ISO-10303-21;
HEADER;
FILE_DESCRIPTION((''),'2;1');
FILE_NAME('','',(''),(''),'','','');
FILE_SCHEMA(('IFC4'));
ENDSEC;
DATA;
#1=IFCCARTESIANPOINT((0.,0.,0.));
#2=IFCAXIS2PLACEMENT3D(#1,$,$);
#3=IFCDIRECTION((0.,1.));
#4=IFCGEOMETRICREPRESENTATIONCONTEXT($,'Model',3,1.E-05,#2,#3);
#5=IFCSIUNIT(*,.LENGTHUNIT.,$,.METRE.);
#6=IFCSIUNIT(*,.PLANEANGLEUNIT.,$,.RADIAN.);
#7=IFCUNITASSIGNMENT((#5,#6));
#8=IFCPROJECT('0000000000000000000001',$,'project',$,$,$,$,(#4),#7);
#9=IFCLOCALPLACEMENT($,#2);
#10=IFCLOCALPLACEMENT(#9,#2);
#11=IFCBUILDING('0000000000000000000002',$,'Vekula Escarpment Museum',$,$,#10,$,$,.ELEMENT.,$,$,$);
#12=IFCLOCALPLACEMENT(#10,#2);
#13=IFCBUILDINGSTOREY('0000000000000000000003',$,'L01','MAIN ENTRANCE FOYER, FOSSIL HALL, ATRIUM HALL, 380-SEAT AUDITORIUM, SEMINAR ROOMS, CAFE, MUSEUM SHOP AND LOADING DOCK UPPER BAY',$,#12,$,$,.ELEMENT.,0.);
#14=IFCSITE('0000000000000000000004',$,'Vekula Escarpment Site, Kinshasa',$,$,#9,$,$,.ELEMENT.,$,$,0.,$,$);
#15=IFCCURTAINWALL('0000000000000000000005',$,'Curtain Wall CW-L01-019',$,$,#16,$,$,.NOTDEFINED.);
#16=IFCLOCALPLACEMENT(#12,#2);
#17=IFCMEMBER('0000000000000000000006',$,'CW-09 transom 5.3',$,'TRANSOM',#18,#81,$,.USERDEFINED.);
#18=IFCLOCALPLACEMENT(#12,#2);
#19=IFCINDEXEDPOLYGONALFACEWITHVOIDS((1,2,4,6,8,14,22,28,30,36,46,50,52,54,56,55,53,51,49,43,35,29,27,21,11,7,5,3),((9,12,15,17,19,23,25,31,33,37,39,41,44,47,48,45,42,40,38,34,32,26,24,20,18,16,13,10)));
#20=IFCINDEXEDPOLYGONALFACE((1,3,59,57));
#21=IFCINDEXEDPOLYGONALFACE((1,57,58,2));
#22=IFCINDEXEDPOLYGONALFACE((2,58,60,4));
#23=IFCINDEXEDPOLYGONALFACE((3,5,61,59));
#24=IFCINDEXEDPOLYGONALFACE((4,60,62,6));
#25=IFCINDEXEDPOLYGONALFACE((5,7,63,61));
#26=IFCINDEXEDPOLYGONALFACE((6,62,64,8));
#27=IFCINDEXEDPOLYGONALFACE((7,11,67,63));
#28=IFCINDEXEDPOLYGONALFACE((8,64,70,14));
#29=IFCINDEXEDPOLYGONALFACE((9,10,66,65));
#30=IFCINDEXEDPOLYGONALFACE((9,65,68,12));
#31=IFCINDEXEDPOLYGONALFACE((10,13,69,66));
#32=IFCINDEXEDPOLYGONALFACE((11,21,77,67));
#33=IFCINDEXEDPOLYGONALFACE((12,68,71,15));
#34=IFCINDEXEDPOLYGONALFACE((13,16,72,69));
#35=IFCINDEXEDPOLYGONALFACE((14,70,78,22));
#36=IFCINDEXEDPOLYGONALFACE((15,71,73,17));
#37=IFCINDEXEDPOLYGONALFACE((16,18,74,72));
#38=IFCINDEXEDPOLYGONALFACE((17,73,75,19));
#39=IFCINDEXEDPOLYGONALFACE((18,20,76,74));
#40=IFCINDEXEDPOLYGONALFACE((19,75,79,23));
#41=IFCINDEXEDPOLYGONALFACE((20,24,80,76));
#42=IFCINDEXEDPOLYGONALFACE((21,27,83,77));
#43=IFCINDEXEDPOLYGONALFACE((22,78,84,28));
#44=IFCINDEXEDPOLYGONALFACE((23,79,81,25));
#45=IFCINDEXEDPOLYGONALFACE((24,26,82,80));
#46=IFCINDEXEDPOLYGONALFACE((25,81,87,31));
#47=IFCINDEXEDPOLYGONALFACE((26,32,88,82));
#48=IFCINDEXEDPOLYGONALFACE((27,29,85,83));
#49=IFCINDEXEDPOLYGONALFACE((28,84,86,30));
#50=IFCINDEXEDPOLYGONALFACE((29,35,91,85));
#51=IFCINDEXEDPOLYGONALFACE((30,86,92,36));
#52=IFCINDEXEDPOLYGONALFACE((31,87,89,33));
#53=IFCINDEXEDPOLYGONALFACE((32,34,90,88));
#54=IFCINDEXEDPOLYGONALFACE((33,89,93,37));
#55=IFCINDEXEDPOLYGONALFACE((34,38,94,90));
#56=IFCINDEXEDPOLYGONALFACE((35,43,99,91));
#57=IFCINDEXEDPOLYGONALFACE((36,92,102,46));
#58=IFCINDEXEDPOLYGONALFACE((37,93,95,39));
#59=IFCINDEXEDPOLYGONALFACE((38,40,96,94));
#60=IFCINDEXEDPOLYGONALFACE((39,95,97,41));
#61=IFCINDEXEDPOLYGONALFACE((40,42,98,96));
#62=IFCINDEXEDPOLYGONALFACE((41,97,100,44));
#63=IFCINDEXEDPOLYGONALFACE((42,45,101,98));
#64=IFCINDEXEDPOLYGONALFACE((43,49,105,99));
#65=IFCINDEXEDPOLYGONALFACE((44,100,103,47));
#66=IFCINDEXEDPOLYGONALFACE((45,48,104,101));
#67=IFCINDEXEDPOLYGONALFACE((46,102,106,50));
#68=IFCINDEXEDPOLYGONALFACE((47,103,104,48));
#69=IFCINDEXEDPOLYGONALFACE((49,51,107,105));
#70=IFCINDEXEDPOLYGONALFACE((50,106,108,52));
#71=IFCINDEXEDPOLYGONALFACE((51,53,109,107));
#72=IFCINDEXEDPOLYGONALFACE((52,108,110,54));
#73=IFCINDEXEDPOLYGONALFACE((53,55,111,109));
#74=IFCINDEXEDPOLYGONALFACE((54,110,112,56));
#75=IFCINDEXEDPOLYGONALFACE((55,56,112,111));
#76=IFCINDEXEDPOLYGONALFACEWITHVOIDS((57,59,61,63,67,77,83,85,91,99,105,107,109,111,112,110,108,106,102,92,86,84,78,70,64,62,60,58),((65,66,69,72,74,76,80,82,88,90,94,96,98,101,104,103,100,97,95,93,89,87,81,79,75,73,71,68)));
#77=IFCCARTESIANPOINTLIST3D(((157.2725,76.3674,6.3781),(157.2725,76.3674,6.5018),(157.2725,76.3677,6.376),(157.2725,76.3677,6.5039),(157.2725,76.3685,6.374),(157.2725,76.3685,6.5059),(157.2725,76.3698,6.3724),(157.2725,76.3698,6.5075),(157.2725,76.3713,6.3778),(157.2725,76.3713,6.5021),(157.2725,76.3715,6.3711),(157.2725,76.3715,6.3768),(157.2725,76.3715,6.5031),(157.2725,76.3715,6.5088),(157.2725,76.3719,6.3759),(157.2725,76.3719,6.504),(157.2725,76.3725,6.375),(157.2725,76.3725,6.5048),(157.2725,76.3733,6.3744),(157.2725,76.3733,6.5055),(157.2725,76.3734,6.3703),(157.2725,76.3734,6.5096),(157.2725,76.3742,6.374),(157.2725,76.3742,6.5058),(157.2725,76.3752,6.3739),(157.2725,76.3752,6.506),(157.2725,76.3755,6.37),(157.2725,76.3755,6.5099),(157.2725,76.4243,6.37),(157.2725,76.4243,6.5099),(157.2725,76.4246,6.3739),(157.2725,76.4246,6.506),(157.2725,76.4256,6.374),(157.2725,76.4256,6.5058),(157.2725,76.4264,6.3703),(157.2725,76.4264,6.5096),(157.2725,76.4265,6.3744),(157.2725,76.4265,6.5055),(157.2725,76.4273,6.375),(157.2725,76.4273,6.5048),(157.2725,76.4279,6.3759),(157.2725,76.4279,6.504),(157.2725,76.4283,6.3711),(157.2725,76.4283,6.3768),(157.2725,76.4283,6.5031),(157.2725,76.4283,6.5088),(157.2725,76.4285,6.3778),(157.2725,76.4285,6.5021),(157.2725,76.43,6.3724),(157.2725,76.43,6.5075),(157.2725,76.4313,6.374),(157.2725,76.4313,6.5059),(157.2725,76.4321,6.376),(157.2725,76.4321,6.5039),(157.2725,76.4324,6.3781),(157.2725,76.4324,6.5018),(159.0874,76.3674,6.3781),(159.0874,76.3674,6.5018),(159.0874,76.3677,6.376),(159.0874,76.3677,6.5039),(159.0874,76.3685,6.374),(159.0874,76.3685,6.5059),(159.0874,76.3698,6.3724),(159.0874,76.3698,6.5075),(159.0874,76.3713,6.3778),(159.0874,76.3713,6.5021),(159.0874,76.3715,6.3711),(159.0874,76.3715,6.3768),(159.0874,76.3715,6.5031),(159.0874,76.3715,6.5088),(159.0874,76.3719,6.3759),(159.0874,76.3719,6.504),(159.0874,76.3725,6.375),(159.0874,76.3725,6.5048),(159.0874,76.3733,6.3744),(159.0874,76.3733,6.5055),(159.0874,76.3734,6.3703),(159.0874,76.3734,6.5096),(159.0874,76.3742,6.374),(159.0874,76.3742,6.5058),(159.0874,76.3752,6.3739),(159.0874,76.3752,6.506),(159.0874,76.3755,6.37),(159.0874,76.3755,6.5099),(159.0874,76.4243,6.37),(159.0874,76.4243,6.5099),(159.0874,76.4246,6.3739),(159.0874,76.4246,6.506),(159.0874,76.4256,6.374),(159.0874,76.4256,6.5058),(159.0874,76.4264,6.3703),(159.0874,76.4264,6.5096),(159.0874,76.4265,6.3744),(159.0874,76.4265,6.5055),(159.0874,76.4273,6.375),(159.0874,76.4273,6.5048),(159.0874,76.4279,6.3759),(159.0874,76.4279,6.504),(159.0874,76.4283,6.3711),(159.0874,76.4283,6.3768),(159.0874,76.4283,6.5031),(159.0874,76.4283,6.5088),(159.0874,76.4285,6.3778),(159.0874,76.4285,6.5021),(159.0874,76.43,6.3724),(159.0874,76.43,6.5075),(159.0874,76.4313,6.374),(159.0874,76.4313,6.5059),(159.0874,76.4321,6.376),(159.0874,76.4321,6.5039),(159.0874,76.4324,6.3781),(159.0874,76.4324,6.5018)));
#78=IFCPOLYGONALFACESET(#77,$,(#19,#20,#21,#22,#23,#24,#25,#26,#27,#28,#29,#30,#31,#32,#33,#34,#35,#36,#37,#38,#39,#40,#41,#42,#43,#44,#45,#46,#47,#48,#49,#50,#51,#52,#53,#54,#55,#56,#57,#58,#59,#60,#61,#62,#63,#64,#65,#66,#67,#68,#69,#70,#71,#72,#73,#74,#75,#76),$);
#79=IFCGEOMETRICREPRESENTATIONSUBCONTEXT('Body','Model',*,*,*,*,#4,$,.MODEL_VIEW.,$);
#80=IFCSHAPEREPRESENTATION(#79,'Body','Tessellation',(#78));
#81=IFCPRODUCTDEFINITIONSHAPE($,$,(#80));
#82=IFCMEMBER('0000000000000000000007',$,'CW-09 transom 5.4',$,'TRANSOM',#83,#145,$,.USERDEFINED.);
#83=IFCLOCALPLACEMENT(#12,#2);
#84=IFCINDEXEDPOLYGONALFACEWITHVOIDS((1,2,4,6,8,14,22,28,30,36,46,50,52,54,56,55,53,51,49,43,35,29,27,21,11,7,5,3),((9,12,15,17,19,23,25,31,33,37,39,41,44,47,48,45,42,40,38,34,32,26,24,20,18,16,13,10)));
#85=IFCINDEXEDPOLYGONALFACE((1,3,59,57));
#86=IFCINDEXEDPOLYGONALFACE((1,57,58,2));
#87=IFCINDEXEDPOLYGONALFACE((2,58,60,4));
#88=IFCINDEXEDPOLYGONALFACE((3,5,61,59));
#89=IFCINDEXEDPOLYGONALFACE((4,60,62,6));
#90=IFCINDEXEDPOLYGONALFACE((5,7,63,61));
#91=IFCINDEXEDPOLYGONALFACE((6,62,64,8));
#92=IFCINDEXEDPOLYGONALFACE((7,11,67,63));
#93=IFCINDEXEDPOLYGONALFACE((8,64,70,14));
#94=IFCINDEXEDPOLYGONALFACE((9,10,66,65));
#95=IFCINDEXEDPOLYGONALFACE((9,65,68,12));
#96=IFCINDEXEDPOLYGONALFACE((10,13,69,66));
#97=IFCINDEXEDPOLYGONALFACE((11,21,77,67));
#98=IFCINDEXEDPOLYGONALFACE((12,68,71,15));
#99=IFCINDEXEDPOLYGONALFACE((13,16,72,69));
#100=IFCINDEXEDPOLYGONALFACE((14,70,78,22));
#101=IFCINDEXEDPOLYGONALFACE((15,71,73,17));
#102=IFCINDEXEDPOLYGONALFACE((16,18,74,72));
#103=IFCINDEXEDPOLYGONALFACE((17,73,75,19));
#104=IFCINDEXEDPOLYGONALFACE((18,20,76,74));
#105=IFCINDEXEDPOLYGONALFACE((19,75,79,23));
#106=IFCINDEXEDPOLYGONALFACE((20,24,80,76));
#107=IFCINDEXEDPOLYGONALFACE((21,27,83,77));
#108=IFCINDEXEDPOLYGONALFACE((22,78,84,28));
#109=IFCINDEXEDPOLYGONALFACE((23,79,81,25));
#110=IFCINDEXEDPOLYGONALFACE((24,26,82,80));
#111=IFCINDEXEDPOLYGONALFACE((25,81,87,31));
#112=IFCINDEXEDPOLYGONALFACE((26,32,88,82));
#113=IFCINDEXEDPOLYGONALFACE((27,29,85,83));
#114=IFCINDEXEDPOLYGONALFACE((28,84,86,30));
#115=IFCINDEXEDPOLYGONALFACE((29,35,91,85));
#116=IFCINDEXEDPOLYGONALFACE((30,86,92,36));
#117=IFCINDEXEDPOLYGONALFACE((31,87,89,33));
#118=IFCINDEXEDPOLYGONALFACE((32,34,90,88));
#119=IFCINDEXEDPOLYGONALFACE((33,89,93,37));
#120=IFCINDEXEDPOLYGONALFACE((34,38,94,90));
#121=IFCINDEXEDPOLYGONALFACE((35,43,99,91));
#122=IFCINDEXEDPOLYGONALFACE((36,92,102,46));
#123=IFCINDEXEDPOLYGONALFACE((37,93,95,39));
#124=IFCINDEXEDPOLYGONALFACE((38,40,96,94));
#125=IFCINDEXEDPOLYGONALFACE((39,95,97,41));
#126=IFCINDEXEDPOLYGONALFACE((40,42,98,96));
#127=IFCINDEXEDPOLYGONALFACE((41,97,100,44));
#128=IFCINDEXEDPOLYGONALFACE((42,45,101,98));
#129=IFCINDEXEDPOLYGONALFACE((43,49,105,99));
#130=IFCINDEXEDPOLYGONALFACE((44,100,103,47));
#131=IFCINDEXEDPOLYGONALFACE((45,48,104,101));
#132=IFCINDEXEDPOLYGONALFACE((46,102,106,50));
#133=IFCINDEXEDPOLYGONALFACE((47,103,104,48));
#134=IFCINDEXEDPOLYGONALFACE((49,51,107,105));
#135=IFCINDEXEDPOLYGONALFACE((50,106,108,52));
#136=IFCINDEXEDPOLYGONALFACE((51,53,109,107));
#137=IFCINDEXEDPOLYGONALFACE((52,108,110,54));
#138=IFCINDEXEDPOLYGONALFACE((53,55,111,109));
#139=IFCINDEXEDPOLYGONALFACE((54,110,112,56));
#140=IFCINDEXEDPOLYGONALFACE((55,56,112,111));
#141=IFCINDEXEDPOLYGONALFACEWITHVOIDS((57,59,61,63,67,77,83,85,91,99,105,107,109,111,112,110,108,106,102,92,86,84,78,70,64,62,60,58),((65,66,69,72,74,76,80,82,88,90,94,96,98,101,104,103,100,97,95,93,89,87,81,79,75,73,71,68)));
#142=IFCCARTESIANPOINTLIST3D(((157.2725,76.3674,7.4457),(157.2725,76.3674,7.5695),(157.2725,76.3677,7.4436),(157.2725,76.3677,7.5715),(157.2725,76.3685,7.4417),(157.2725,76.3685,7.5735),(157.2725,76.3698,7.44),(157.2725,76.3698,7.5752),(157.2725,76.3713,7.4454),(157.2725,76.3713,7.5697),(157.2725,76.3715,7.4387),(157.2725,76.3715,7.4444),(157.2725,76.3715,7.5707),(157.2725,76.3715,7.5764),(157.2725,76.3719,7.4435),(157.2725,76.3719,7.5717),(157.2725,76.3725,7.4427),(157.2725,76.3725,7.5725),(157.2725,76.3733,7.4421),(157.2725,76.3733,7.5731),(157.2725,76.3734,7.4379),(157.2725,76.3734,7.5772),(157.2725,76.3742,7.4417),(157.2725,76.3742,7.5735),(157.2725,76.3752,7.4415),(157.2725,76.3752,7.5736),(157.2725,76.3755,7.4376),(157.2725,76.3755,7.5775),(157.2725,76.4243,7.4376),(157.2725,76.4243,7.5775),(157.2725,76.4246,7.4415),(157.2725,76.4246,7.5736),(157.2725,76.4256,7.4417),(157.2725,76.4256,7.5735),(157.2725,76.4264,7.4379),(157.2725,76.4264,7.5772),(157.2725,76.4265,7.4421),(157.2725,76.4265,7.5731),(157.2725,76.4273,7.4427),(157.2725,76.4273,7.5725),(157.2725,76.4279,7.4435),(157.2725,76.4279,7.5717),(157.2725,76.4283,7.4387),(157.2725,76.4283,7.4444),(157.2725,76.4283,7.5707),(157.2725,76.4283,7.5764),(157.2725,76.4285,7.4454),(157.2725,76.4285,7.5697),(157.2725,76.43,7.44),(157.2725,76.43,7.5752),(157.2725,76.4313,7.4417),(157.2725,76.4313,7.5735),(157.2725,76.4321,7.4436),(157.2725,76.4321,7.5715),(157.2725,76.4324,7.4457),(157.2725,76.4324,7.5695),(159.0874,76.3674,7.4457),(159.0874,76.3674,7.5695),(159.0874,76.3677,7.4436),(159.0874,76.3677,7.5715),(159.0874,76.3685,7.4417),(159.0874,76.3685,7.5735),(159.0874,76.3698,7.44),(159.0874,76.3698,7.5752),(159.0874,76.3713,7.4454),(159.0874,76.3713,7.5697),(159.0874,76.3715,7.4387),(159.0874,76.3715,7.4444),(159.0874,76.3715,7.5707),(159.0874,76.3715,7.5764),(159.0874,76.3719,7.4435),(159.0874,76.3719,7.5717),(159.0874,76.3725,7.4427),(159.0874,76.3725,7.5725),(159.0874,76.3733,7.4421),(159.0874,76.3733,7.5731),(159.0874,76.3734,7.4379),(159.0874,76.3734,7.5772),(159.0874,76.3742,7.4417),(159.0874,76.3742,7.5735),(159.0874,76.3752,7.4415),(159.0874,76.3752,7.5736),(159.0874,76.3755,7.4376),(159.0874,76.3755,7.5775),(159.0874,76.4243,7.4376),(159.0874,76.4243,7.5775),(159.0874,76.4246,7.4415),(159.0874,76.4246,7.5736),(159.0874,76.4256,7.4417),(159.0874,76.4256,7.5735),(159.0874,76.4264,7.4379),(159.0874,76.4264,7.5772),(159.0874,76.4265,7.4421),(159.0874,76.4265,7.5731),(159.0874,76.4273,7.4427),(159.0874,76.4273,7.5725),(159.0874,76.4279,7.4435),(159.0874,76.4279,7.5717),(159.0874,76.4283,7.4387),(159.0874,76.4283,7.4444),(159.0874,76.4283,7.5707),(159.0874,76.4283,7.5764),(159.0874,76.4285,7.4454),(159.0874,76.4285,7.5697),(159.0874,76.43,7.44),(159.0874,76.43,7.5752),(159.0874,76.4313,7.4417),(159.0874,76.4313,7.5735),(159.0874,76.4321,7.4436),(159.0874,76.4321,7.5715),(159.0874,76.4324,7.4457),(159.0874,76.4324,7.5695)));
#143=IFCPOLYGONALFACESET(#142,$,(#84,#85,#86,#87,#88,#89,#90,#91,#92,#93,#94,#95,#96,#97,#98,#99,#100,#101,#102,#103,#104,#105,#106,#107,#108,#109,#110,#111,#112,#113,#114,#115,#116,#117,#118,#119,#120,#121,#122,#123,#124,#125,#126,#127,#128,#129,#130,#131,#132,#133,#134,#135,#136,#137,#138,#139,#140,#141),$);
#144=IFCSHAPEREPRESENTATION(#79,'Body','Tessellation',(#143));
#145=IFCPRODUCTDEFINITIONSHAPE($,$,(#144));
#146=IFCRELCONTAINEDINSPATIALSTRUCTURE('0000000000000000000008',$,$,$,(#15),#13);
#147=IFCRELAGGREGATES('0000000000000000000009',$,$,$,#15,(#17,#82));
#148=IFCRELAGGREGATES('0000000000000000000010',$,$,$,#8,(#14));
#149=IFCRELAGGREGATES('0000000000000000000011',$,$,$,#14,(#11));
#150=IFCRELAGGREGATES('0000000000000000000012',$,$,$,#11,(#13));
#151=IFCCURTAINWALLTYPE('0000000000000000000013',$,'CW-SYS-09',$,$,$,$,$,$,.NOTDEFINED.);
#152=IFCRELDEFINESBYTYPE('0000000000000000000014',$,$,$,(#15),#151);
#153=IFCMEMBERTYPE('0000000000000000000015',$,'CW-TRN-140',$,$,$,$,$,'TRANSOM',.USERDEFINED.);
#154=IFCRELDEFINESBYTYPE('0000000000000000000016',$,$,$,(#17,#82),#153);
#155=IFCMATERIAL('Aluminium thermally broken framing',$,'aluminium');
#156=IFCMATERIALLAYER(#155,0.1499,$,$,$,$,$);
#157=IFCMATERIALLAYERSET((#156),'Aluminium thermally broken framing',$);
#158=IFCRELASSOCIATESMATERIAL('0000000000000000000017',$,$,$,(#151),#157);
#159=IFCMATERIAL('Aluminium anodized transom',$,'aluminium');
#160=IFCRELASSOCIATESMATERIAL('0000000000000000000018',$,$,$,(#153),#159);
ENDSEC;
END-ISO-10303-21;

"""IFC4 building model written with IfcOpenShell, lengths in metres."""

from ifc_helpers import new_model, si_unit, direction, frame, origin, origin_2d, place, context, subcontext, project, spatial, hollow_rectangle, extrude, material, layer, layer_set, material_profile, profile_set, type_object, element, aggregate, save


model = new_model("IFC4")

# Units and contexts
model_context = context("Model", 3, precision=1e-05, world=origin(), true_north=direction((0.0, 1.0)))
body_context = subcontext(model_context, "Body", "Model", "MODEL_VIEW")
ifc_project = project(units=[si_unit("LENGTHUNIT", "METRE"), si_unit("PLANEANGLEUNIT", "RADIAN")], contexts=[model_context])

# Site, building, storey
site_placement = place(None, origin())
site = spatial("IfcSite", under=ifc_project, at=site_placement, Name="Vekula Escarpment Site, Kinshasa", CompositionType="ELEMENT", RefElevation=0.0)
building_placement = place(site_placement, origin())
building = spatial("IfcBuilding", under=site, at=building_placement, Name="Vekula Escarpment Museum", CompositionType="ELEMENT")
storey_placement = place(building_placement, origin())
storey = spatial("IfcBuildingStorey", under=building, at=storey_placement, Name="L01", Description="MAIN ENTRANCE FOYER, FOSSIL HALL, ATRIUM HALL, 380-SEAT AUDITORIUM, SEMINAR ROOMS, CAFE, MUSEUM SHOP AND LOADING DOCK UPPER BAY", CompositionType="ELEMENT", Elevation=0.0)

# Curtain wall
ifc_material_1 = material(Name="Aluminium thermally broken framing", Category="aluminium")
ifc_layer_1 = layer(ifc_material_1, 0.1499)
ifc_layer_set_1 = layer_set([ifc_layer_1], Name="Aluminium thermally broken framing")
curtain_wall_type_1 = type_object("IfcCurtainWallType", Name="CW-SYS-09", PredefinedType="NOTDEFINED", material=ifc_layer_set_1)
curtain_wall_1_placement = place(storey_placement, origin())
curtain_wall_1 = element("IfcCurtainWall", 1, at=curtain_wall_1_placement, inside=storey, type_object=curtain_wall_type_1, Name="Curtain Wall CW-L01-019", PredefinedType="NOTDEFINED")

# Members
ifc_material_2 = material(Name="Aluminium anodized transom", Category="aluminium")
ifc_material_profile_1 = material_profile(ifc_material_2, hollow_rectangle(XDim=0.0649, YDim=0.1399, WallThickness=0.0039, InnerFilletRadius=0.0039, OuterFilletRadius=0.0081, at=origin_2d()), Name="ALU 140x65x4")
ifc_profile_set_1 = profile_set([ifc_material_profile_1], Name="Aluminium anodized transom")
member_type_1 = type_object("IfcMemberType", Name="CW-TRN-140", ElementType="TRANSOM", PredefinedType="USERDEFINED", material=ifc_profile_set_1)
member_1_placement = place(storey_placement, frame((159.0874, 76.3999, 6.4399), z_axis=(-1.0, 0.0, 0.0), x_axis=(0.0, -1.0, 0.0)))
member_1 = element("IfcMember", 2, at=member_1_placement, type_object=member_type_1, Name="CW-09 transom 5.3", ObjectType="TRANSOM", PredefinedType="USERDEFINED", context=body_context, shape_type="SweptSolid", body=[
    extrude(hollow_rectangle(XDim=0.0649, YDim=0.1399, WallThickness=0.0039, InnerFilletRadius=0.0039, OuterFilletRadius=0.0081, at=origin_2d()), origin(), (0.0, 0.0, 1.0), 1.8149),
])
member_2_placement = place(storey_placement, frame((159.0874, 76.3999, 7.5076), z_axis=(-1.0, 0.0, 0.0), x_axis=(0.0, -1.0, 0.0)))
member_2 = element("IfcMember", 3, at=member_2_placement, type_object=member_type_1, Name="CW-09 transom 5.4", ObjectType="TRANSOM", PredefinedType="USERDEFINED", context=body_context, shape_type="SweptSolid", body=[
    extrude(hollow_rectangle(XDim=0.0649, YDim=0.1399, WallThickness=0.0039, InnerFilletRadius=0.0039, OuterFilletRadius=0.0081, at=origin_2d()), origin(), (0.0, 0.0, 1.0), 1.8149),
])

aggregate(curtain_wall_1, [member_1, member_2])

save(model, "model.ifc")
